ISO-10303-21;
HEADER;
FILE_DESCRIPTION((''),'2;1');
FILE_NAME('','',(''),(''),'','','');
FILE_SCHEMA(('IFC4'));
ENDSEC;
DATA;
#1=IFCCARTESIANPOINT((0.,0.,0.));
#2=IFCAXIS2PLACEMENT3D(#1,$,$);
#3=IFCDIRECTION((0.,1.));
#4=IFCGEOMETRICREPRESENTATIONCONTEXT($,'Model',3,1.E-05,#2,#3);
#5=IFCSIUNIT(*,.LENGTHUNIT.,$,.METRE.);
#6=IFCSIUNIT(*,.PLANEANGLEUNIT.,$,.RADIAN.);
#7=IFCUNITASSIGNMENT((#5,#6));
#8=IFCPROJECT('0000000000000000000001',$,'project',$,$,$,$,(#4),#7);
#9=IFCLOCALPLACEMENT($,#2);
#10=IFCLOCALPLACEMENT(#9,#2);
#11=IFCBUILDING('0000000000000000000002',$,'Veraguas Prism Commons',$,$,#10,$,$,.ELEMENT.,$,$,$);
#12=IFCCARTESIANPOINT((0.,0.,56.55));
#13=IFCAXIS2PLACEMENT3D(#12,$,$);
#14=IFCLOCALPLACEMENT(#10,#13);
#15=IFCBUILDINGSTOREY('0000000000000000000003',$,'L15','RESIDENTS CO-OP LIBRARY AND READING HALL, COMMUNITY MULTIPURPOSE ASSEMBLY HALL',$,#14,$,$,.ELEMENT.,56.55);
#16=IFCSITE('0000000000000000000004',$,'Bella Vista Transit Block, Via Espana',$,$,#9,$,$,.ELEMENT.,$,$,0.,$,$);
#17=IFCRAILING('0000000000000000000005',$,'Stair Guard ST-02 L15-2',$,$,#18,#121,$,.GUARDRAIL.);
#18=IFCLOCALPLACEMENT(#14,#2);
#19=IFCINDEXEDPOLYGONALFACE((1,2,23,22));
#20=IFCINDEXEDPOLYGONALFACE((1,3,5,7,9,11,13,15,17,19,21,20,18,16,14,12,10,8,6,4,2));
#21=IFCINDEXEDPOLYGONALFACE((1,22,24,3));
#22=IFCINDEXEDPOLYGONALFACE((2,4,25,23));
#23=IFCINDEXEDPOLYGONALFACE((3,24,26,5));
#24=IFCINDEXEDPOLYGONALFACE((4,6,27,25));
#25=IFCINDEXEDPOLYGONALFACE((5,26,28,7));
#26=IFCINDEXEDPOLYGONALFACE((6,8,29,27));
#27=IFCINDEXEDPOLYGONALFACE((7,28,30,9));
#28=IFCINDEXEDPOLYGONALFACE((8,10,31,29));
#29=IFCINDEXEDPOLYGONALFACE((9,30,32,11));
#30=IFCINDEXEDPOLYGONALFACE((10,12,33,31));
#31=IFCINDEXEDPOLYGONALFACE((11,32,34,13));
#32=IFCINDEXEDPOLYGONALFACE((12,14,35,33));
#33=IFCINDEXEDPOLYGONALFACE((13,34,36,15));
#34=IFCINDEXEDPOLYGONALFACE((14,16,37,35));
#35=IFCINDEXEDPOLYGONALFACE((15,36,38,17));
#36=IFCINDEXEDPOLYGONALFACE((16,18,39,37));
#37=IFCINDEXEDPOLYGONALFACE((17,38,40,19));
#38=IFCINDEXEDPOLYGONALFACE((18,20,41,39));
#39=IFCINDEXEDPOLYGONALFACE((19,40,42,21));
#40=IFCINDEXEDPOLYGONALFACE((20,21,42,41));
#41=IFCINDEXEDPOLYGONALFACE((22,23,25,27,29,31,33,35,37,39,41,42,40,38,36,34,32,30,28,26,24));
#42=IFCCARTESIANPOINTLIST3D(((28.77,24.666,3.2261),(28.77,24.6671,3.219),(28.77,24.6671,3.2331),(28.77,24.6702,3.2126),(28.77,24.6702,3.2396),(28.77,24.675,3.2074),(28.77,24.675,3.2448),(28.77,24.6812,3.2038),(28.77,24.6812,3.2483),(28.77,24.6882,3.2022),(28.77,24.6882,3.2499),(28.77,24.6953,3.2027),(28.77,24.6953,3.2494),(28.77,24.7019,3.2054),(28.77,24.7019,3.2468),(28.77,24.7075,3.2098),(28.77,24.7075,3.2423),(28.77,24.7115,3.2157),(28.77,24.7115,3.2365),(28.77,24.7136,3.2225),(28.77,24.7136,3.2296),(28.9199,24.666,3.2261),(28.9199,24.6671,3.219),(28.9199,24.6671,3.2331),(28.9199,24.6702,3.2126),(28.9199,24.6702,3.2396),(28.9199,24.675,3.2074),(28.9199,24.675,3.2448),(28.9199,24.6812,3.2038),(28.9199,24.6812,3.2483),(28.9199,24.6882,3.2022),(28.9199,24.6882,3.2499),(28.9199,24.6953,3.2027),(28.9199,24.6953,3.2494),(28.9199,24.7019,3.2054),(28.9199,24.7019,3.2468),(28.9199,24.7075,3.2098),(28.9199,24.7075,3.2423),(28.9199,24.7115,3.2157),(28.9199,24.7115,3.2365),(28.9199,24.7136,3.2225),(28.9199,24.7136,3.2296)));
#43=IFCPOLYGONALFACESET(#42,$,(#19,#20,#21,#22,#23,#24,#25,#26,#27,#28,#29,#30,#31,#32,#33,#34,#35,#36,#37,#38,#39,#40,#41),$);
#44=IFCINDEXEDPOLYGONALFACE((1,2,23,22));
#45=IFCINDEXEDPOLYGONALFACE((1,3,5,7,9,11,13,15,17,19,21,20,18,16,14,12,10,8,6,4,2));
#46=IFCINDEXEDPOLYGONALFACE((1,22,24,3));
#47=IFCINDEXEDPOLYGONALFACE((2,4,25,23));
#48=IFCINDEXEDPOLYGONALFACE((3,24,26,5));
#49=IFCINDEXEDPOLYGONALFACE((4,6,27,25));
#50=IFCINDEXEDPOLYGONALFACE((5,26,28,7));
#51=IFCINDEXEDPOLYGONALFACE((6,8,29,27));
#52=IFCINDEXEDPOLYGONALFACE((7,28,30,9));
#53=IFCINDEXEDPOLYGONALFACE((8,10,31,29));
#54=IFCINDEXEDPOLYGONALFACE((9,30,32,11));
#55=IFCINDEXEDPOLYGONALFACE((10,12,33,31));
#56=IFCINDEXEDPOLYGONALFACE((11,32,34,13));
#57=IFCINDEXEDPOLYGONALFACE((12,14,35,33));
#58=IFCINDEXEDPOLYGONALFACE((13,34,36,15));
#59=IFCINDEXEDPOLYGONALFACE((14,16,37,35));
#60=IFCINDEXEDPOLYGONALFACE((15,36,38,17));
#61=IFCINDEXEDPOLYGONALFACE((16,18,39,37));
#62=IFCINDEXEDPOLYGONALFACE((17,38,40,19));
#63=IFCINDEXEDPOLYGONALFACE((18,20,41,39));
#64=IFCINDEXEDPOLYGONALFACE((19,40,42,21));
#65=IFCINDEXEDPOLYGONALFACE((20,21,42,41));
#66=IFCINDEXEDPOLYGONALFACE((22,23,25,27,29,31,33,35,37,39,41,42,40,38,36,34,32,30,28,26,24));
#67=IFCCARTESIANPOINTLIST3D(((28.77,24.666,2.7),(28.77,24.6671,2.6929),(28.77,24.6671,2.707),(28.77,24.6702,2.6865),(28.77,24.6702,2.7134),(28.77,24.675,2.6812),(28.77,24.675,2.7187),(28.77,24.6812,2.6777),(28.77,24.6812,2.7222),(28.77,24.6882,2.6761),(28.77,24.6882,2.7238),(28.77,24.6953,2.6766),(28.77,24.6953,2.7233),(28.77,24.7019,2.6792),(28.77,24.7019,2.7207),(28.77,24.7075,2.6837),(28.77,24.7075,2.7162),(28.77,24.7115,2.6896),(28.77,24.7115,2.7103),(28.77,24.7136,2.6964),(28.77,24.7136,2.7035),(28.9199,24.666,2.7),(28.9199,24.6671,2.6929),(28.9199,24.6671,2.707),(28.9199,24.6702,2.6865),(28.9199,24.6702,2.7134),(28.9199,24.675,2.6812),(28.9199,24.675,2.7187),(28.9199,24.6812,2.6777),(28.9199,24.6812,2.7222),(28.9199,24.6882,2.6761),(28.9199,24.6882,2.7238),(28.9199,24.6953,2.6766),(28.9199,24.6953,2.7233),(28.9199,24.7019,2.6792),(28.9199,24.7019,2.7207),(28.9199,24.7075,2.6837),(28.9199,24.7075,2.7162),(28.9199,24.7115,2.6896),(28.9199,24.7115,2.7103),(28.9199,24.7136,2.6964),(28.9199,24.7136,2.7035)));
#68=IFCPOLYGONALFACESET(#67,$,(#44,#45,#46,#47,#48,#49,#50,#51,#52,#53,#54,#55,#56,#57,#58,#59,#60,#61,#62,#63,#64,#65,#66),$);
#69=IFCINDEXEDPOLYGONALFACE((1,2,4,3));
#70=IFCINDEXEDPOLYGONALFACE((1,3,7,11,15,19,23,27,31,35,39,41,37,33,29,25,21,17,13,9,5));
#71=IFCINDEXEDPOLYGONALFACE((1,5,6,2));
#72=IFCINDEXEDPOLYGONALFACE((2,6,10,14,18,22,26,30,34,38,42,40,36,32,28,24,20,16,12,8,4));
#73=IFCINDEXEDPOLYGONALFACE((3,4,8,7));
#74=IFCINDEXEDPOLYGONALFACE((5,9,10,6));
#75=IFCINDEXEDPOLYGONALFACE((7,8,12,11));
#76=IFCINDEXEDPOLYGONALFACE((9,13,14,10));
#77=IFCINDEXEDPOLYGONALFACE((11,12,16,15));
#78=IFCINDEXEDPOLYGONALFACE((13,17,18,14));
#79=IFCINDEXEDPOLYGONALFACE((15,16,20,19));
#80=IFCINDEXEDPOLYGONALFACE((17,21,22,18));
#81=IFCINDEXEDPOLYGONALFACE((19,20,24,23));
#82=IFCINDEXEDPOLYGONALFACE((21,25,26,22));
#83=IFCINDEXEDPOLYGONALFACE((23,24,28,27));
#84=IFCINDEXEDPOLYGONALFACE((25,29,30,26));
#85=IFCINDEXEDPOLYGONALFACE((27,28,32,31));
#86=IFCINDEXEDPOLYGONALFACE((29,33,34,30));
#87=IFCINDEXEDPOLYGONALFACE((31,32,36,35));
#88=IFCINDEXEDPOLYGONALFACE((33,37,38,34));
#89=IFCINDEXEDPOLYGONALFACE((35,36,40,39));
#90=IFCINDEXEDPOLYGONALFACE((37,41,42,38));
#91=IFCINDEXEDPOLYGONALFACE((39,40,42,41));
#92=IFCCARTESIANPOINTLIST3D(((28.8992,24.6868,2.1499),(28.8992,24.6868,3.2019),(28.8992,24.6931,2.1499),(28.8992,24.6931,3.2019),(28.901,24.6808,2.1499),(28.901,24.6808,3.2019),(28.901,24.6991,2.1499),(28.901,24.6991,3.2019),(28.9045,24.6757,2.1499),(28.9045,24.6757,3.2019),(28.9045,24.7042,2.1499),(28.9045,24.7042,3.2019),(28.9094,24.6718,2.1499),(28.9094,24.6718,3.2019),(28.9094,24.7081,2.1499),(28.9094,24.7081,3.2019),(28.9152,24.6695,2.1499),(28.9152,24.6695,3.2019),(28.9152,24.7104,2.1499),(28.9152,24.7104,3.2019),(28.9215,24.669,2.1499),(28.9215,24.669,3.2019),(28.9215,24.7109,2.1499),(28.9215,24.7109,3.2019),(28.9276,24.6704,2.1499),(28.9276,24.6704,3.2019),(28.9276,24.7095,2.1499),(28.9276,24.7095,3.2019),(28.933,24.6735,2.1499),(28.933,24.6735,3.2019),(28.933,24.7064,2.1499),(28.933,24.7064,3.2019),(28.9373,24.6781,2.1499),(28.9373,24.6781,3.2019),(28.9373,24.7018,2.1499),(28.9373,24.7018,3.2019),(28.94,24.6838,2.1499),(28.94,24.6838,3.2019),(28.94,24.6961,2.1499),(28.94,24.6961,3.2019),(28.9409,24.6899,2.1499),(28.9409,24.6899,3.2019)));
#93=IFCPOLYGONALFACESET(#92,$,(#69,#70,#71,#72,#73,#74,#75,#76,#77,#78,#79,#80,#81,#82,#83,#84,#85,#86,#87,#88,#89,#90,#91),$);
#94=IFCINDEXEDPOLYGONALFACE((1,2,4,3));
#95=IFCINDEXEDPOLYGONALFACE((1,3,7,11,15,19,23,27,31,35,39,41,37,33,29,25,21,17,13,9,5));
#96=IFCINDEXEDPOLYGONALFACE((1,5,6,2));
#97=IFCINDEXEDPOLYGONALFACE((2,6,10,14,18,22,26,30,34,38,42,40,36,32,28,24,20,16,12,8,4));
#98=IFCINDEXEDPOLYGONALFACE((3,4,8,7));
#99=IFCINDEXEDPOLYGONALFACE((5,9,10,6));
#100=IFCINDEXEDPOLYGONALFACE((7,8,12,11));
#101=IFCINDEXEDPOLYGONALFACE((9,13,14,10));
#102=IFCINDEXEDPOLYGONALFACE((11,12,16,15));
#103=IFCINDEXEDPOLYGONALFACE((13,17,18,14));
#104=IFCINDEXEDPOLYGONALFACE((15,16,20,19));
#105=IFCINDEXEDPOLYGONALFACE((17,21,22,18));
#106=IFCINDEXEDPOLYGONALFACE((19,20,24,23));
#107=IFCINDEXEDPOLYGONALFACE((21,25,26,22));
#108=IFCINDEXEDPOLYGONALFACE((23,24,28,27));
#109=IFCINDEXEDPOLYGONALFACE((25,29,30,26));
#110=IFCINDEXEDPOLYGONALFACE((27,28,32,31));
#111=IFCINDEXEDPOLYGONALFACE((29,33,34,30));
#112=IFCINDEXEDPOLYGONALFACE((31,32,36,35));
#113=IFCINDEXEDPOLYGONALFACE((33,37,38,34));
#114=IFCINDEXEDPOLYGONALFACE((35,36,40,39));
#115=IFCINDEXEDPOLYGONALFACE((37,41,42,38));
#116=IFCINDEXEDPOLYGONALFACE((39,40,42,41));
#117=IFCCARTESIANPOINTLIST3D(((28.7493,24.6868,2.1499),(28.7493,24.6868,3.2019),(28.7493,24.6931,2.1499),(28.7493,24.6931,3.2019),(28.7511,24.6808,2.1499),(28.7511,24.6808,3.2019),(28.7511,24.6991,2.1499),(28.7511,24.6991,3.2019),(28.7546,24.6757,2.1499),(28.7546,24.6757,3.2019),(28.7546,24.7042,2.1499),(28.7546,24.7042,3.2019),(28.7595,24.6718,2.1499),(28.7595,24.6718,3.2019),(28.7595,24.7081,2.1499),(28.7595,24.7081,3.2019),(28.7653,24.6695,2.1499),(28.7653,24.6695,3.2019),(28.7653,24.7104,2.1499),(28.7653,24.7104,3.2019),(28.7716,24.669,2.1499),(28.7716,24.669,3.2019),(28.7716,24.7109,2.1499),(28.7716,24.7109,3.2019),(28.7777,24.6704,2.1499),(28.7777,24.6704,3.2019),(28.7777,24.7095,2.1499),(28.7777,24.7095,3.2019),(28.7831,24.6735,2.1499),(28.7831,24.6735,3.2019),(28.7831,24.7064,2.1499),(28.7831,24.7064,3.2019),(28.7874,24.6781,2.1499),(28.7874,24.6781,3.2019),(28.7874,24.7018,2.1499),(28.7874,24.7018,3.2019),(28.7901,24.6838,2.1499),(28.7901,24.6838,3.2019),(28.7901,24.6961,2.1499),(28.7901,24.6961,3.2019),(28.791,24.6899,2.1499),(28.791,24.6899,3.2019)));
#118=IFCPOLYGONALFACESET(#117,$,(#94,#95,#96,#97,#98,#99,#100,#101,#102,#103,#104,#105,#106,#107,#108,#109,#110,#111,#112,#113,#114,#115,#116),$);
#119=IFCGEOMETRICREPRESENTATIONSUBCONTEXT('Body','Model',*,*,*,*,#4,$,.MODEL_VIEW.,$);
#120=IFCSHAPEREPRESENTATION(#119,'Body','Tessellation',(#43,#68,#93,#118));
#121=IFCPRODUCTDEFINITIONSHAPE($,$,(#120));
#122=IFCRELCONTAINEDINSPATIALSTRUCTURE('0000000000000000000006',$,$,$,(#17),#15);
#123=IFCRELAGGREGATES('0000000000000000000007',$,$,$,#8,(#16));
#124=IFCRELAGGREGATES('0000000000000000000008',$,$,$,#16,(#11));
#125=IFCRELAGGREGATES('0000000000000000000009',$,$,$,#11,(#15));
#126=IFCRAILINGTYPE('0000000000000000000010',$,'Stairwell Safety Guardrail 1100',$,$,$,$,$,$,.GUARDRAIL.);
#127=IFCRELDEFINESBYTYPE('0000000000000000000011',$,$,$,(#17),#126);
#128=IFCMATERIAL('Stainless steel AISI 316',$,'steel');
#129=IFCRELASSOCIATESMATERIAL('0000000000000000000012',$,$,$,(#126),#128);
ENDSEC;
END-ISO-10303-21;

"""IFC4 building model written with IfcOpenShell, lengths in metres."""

from ifc_helpers import new_model, si_unit, direction, frame, origin, origin_2d, place, context, subcontext, project, spatial, circle, extrude, material, type_object, element, save


model = new_model("IFC4")

# Units and contexts
model_context = context("Model", 3, precision=1e-05, world=origin(), true_north=direction((0.0, 1.0)))
body_context = subcontext(model_context, "Body", "Model", "MODEL_VIEW")
ifc_project = project(units=[si_unit("LENGTHUNIT", "METRE"), si_unit("PLANEANGLEUNIT", "RADIAN")], contexts=[model_context])

# Site, building, storey
site_placement = place(None, origin())
site = spatial("IfcSite", under=ifc_project, at=site_placement, Name="Bella Vista Transit Block, Via Espana", CompositionType="ELEMENT", RefElevation=0.0)
building_placement = place(site_placement, origin())
building = spatial("IfcBuilding", under=site, at=building_placement, Name="Veraguas Prism Commons", CompositionType="ELEMENT")
storey_placement = place(building_placement, frame((0.0, 0.0, 56.55)))
storey = spatial("IfcBuildingStorey", under=building, at=storey_placement, Name="L15", Description="RESIDENTS CO-OP LIBRARY AND READING HALL, COMMUNITY MULTIPURPOSE ASSEMBLY HALL", CompositionType="ELEMENT", Elevation=56.55)

# Railing
ifc_material_1 = material(Name="Stainless steel AISI 316", Category="steel")
railing_type_1 = type_object("IfcRailingType", Name="Stairwell Safety Guardrail 1100", PredefinedType="GUARDRAIL", material=ifc_material_1)
railing_1_placement = place(storey_placement, frame((28.9199, 24.6899, 2.1499)))
element("IfcRailing", 1, at=railing_1_placement, inside=storey, type_object=railing_type_1, Name="Stair Guard ST-02 L15-2", PredefinedType="GUARDRAIL", context=body_context, shape_type="SweptSolid", body=[
    extrude(circle(Radius=0.0239, at=origin_2d()), frame((0.0, 0.0, 1.0762), z_axis=(-1.0, 0.0, 0.0), x_axis=(0.0, -1.0, 0.0)), (0.0, 0.0, 1.0), 0.1499),
    extrude(circle(Radius=0.0239, at=origin_2d()), frame((0.0, 0.0, 0.55), z_axis=(-1.0, 0.0, 0.0), x_axis=(0.0, -1.0, 0.0)), (0.0, 0.0, 1.0), 0.1499),
    extrude(circle(Radius=0.021, at=origin_2d()), origin(), (0.0, 0.0, 1.0), 1.052),
    extrude(circle(Radius=0.021, at=origin_2d()), frame((-0.1499, 0.0, 0.0)), (0.0, 0.0, 1.0), 1.052),
])

save(model, "model.ifc")
